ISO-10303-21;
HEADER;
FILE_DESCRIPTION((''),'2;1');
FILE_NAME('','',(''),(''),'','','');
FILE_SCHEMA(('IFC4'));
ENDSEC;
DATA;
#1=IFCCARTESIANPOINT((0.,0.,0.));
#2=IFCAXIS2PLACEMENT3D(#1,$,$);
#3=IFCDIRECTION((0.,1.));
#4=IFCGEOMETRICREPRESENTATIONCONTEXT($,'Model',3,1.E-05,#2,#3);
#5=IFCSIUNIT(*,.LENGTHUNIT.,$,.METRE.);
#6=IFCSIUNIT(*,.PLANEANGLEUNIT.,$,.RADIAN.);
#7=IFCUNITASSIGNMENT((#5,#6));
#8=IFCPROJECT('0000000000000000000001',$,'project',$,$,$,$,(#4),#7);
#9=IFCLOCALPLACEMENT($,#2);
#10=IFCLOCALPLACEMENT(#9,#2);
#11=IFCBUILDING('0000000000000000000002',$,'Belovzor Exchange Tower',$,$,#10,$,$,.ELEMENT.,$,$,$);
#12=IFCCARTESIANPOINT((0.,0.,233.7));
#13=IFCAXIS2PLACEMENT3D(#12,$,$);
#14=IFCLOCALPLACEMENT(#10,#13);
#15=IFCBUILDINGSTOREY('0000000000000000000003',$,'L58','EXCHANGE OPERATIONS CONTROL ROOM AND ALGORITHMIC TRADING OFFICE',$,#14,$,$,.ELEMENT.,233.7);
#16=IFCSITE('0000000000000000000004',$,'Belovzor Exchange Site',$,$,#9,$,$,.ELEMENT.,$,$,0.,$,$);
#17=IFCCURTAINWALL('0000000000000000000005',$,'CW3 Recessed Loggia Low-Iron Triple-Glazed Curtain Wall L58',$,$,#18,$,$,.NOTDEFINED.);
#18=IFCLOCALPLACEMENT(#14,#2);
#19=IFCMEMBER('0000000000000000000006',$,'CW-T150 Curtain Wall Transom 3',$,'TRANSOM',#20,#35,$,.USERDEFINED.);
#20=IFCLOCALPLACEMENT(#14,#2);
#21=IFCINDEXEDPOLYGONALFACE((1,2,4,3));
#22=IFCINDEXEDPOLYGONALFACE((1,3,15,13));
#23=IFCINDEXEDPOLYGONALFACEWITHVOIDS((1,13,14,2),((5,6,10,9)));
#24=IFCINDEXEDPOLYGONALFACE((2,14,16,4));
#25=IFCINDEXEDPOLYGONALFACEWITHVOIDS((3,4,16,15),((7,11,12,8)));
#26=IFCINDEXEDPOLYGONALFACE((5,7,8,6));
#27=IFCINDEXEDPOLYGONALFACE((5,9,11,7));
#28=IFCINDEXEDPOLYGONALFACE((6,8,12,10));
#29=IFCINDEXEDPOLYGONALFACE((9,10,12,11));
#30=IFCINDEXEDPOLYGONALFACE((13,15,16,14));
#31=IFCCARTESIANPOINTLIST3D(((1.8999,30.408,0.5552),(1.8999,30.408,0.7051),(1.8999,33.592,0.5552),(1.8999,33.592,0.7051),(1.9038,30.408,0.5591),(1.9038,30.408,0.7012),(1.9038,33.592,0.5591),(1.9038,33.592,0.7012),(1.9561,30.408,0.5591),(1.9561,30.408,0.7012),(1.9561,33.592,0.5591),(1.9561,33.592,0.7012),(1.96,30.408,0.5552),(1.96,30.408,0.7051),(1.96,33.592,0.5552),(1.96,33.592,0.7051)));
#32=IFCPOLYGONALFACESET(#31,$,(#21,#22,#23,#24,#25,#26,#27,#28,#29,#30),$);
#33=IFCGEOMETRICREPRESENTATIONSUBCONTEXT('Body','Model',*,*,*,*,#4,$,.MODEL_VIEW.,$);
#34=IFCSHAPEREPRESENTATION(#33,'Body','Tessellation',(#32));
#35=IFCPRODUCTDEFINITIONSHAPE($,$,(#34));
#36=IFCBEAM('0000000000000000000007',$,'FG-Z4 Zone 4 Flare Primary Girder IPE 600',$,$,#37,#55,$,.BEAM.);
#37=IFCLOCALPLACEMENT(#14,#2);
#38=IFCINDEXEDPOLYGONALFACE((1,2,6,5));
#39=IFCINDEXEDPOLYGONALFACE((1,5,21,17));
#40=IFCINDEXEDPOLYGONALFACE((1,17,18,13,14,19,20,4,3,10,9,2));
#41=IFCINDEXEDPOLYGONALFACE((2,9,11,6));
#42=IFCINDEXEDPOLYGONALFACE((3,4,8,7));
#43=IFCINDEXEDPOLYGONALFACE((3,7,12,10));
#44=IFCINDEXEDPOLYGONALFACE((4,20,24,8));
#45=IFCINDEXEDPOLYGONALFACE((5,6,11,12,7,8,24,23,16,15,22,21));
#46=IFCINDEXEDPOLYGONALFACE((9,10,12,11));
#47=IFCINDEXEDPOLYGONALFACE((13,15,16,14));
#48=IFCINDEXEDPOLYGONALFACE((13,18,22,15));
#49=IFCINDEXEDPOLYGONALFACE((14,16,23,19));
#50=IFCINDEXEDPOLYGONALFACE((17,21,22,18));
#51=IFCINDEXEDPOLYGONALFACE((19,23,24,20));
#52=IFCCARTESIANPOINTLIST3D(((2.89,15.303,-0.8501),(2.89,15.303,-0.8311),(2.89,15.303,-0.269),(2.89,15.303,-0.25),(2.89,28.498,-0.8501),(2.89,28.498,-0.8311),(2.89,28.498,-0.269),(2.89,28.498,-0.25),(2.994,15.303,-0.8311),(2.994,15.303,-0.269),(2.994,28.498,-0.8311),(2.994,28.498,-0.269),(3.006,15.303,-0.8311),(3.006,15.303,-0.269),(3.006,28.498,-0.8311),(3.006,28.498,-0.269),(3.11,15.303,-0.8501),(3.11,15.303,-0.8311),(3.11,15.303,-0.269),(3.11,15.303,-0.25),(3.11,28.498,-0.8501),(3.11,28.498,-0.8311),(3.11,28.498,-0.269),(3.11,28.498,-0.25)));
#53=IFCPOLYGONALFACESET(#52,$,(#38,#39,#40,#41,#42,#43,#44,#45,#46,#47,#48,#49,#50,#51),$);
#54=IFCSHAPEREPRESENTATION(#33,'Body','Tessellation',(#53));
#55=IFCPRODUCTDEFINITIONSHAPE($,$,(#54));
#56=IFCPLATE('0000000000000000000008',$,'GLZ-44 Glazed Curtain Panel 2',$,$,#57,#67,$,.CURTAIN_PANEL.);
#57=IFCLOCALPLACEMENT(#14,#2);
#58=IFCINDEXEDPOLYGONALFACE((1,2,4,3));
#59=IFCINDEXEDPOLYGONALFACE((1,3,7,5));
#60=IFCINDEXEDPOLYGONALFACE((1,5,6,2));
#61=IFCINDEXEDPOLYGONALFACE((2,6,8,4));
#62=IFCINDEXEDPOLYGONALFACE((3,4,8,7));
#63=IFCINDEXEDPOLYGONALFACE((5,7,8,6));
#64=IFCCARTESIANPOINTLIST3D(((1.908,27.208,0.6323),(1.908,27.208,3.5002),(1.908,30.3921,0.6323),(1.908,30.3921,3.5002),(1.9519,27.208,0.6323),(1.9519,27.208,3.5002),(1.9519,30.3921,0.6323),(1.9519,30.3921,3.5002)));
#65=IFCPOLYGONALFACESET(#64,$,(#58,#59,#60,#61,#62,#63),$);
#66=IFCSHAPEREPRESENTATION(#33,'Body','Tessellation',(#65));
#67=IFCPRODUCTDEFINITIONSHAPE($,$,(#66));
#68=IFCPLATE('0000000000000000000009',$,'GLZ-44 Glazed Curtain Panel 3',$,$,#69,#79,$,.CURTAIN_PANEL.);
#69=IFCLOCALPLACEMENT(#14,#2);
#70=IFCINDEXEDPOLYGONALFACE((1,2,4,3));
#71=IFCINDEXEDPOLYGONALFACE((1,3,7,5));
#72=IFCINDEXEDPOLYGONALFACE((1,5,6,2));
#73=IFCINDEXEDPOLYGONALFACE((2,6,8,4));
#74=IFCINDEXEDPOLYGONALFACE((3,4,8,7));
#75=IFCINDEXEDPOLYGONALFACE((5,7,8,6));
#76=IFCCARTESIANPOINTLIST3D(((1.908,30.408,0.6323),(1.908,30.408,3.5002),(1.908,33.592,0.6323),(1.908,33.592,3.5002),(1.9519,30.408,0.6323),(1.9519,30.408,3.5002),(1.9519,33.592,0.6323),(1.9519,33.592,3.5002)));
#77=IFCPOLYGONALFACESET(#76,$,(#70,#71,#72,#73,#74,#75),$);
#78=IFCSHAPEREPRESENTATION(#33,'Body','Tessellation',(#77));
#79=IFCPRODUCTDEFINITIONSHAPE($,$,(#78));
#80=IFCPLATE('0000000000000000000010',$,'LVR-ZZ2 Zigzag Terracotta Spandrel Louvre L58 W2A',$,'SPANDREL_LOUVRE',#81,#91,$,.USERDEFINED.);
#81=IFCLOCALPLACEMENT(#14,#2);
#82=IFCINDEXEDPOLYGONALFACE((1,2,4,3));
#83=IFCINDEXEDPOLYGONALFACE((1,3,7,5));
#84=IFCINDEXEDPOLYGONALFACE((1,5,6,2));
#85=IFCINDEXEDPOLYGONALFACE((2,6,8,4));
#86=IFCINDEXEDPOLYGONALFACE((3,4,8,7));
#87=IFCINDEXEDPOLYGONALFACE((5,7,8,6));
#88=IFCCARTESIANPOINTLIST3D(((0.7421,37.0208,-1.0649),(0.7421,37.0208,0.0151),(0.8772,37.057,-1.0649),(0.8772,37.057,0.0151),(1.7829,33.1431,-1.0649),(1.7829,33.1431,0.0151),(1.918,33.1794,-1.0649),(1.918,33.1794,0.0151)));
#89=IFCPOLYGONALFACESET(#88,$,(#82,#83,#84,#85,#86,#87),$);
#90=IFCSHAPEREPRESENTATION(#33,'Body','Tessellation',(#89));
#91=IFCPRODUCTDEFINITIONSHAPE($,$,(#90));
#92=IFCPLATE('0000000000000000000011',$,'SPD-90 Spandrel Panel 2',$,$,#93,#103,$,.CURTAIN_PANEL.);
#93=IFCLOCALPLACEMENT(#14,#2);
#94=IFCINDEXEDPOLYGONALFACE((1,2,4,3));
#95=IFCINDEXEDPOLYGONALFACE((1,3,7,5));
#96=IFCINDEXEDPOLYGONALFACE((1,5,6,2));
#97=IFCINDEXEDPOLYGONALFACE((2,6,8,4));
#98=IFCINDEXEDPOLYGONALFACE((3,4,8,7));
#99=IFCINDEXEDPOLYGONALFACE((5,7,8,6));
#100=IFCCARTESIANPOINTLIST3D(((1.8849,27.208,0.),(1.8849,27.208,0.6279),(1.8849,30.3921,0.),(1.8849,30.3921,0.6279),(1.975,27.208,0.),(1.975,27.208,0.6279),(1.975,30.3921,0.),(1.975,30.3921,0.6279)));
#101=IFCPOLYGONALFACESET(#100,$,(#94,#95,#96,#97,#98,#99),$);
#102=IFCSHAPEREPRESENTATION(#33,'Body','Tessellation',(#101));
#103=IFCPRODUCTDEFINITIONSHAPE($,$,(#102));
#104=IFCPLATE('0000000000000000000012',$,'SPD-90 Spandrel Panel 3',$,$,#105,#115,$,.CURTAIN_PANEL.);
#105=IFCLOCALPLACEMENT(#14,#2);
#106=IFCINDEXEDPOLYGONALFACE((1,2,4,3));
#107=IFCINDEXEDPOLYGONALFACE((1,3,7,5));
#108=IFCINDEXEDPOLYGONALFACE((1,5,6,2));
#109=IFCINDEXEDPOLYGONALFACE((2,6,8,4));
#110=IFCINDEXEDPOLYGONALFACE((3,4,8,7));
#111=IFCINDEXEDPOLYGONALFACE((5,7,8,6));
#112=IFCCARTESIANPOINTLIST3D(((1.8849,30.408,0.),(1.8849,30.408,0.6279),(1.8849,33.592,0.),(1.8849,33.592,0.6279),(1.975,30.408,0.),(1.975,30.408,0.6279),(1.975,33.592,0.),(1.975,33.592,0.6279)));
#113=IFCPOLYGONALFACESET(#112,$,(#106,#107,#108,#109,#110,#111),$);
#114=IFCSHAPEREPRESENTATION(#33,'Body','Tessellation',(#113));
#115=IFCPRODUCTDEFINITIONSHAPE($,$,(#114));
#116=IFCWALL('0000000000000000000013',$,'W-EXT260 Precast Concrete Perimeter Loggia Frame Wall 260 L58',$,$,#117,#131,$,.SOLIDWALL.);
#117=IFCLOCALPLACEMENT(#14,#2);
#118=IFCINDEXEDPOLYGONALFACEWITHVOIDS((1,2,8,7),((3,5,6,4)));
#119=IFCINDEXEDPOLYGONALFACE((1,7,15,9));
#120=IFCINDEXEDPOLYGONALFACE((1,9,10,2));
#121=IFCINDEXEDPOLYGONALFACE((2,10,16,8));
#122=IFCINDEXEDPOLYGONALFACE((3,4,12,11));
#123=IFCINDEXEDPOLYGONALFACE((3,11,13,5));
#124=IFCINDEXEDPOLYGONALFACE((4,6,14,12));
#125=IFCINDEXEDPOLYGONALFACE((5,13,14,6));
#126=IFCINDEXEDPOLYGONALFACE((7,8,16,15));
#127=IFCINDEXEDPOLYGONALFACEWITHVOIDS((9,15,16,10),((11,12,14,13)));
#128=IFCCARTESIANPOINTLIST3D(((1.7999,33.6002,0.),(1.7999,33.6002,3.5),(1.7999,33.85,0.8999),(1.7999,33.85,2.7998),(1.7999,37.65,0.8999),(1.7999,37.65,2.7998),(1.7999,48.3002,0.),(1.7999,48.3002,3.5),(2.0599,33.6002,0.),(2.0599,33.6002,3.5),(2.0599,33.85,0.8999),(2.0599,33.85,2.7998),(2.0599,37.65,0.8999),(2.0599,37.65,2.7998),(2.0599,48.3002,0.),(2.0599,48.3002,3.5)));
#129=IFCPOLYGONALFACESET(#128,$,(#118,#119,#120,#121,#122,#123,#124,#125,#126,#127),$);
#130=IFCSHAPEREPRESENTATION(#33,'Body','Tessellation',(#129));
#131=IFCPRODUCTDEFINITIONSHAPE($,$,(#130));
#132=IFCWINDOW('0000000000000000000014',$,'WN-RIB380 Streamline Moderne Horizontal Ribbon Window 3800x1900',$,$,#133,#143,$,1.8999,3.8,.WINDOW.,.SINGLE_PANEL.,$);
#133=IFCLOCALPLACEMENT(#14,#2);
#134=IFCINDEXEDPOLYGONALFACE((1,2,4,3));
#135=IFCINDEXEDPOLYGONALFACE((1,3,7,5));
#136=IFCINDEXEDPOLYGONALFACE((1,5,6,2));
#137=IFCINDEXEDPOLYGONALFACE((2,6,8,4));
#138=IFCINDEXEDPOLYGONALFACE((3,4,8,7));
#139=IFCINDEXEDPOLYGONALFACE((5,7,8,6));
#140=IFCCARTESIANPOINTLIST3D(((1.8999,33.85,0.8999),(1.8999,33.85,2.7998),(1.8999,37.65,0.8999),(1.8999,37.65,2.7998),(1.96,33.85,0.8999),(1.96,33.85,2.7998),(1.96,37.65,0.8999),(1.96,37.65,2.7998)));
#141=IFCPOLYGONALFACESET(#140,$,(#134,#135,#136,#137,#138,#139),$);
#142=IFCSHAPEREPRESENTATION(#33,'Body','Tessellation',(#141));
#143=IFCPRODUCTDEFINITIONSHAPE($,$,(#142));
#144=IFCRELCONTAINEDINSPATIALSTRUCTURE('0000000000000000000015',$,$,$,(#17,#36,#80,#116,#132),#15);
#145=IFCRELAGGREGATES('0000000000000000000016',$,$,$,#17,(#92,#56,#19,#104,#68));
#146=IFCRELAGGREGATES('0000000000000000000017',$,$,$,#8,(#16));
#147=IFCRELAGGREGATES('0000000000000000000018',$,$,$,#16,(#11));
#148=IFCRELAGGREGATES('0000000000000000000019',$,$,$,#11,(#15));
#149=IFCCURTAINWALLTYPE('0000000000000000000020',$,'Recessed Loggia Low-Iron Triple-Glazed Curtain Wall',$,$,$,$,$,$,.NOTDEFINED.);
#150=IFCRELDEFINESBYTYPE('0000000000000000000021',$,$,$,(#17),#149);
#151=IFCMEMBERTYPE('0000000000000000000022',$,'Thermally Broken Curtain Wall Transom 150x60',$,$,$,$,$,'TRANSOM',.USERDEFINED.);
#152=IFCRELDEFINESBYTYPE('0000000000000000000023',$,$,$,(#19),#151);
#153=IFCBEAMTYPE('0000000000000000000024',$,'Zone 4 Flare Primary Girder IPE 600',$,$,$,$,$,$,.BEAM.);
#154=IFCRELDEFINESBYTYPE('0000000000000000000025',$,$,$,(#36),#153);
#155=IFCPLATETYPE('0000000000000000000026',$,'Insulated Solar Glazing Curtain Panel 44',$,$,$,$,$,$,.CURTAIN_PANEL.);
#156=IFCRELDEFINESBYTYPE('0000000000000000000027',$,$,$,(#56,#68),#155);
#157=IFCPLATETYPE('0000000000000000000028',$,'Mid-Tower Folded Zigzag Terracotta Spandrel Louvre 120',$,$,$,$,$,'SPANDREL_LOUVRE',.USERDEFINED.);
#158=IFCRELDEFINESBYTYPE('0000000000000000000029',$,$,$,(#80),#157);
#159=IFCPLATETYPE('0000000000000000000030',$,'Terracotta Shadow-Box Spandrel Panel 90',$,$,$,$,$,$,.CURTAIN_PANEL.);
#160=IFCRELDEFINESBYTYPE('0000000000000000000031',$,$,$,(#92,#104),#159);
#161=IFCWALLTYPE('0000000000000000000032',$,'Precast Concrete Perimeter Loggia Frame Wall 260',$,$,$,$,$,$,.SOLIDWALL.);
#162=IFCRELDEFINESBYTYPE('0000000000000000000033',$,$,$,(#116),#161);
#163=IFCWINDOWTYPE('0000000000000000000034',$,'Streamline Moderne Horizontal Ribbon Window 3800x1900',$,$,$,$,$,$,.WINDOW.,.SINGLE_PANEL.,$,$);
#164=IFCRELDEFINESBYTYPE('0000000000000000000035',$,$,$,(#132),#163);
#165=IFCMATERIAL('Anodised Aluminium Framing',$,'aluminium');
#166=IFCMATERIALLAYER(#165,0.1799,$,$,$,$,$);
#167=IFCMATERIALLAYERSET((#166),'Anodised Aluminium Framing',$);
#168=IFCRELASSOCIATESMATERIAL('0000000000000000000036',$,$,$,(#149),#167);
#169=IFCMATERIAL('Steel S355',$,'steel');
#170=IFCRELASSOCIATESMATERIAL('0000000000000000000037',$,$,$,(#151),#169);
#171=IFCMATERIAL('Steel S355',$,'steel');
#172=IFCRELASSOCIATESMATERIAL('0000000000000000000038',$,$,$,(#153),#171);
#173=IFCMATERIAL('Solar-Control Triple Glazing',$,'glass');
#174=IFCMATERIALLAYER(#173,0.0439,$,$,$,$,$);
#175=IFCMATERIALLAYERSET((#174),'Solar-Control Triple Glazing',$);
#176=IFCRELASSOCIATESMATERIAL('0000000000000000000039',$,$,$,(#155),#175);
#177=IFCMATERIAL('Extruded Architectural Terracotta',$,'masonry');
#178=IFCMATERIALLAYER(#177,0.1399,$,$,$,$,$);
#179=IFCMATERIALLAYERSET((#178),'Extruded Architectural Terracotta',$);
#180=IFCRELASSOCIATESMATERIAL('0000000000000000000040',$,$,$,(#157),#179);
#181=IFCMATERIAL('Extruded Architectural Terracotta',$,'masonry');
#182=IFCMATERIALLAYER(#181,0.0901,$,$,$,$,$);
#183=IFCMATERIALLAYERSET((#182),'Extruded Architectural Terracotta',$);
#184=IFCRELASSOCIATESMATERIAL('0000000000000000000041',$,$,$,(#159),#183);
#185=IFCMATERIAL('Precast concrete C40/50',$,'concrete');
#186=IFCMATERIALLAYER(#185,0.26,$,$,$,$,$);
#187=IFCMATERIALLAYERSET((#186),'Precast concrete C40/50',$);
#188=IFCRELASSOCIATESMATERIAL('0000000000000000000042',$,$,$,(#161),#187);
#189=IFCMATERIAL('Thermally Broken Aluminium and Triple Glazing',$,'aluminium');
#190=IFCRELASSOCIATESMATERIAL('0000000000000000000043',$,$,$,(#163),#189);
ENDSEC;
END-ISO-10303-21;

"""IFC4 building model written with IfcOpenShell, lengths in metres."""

from ifc_helpers import new_model, si_unit, direction, frame, frame_2d, origin, origin_2d, place, context, subcontext, project, spatial, rectangle, hollow_rectangle, i_section, extrude, material, layer, layer_set, material_profile, profile_set, type_object, element, fill, aggregate, save


model = new_model("IFC4")

# Units and contexts
model_context = context("Model", 3, precision=1e-05, world=origin(), true_north=direction((0.0, 1.0)))
body_context = subcontext(model_context, "Body", "Model", "MODEL_VIEW")
ifc_project = project(units=[si_unit("LENGTHUNIT", "METRE"), si_unit("PLANEANGLEUNIT", "RADIAN")], contexts=[model_context])

# Site, building, storey
site_placement = place(None, origin())
site = spatial("IfcSite", under=ifc_project, at=site_placement, Name="Belovzor Exchange Site", CompositionType="ELEMENT", RefElevation=0.0)
building_placement = place(site_placement, origin())
building = spatial("IfcBuilding", under=site, at=building_placement, Name="Belovzor Exchange Tower", CompositionType="ELEMENT")
storey_placement = place(building_placement, frame((0.0, 0.0, 233.7)))
storey = spatial("IfcBuildingStorey", under=building, at=storey_placement, Name="L58", Description="EXCHANGE OPERATIONS CONTROL ROOM AND ALGORITHMIC TRADING OFFICE", CompositionType="ELEMENT", Elevation=233.7)

# Curtain wall, member
ifc_material_1 = material(Name="Anodised Aluminium Framing", Category="aluminium")
ifc_layer_1 = layer(ifc_material_1, 0.1799)
ifc_layer_set_1 = layer_set([ifc_layer_1], Name="Anodised Aluminium Framing")
curtain_wall_type = type_object("IfcCurtainWallType", Name="Recessed Loggia Low-Iron Triple-Glazed Curtain Wall", PredefinedType="NOTDEFINED", material=ifc_layer_set_1)
curtain_wall_placement = place(storey_placement, origin())
curtain_wall = element("IfcCurtainWall", 1, at=curtain_wall_placement, inside=storey, type_object=curtain_wall_type, Name="CW3 Recessed Loggia Low-Iron Triple-Glazed Curtain Wall L58", PredefinedType="NOTDEFINED")
ifc_material_2 = material(Name="Steel S355", Category="steel")
ifc_material_profile_1 = material_profile(ifc_material_2, hollow_rectangle(XDim=0.0601, YDim=0.1499, WallThickness=0.0039, at=origin_2d()))
ifc_profile_set_1 = profile_set([ifc_material_profile_1], Name="Steel S355")
member_type_1 = type_object("IfcMemberType", Name="Thermally Broken Curtain Wall Transom 150x60", ElementType="TRANSOM", PredefinedType="USERDEFINED", material=ifc_profile_set_1)
member_1_placement = place(storey_placement, frame((1.9299, 30.408, 0.6301), z_axis=(0.0, 1.0, 0.0), x_axis=(-1.0, 0.0, 0.0)))
member_1 = element("IfcMember", 2, at=member_1_placement, type_object=member_type_1, Name="CW-T150 Curtain Wall Transom 3", ObjectType="TRANSOM", PredefinedType="USERDEFINED", context=body_context, shape_type="SweptSolid", body=[
    extrude(hollow_rectangle(XDim=0.0601, YDim=0.1499, WallThickness=0.0039, at=origin_2d()), origin(), (0.0, 0.0, 1.0), 3.1841),
])

# Beam
ifc_material_3 = material(Name="Steel S355", Category="steel")
ifc_material_profile_2 = material_profile(ifc_material_3, i_section(OverallWidth=0.22, OverallDepth=0.6001, WebThickness=0.012, FlangeThickness=0.019, at=origin_2d()))
ifc_profile_set_2 = profile_set([ifc_material_profile_2], Name="Steel S355")
beam_type_1 = type_object("IfcBeamType", Name="Zone 4 Flare Primary Girder IPE 600", PredefinedType="BEAM", material=ifc_profile_set_2)
beam_1_placement = place(storey_placement, frame((3.0, 28.498, -0.55), z_axis=(0.0, -1.0, 0.0), x_axis=(1.0, 0.0, 0.0)))
element("IfcBeam", 3, at=beam_1_placement, inside=storey, type_object=beam_type_1, Name="FG-Z4 Zone 4 Flare Primary Girder IPE 600", PredefinedType="BEAM", context=body_context, shape_type="SweptSolid", body=[
    extrude(i_section(OverallWidth=0.22, OverallDepth=0.6001, WebThickness=0.012, FlangeThickness=0.019, at=origin_2d()), origin(), (0.0, 0.0, 1.0), 13.1951),
])

# Plates
ifc_material_4 = material(Name="Solar-Control Triple Glazing", Category="glass")
ifc_layer_2 = layer(ifc_material_4, 0.0439)
ifc_layer_set_2 = layer_set([ifc_layer_2], Name="Solar-Control Triple Glazing")
plate_type_1 = type_object("IfcPlateType", Name="Insulated Solar Glazing Curtain Panel 44", PredefinedType="CURTAIN_PANEL", material=ifc_layer_set_2)
plate_1_placement = place(storey_placement, frame((1.9299, 28.8, 0.6323), z_axis=(0.0, 0.0, 1.0), x_axis=(0.0, 1.0, 0.0)))
plate_1 = element("IfcPlate", 4, at=plate_1_placement, type_object=plate_type_1, Name="GLZ-44 Glazed Curtain Panel 2", PredefinedType="CURTAIN_PANEL", context=body_context, shape_type="SweptSolid", body=[
    extrude(rectangle(XDim=3.1841, YDim=0.0439, at=origin_2d()), origin(), (0.0, 0.0, 1.0), 2.8679),
])
plate_2_placement = place(storey_placement, frame((1.9299, 32.0, 0.6323), z_axis=(0.0, 0.0, 1.0), x_axis=(0.0, 1.0, 0.0)))
plate_2 = element("IfcPlate", 5, at=plate_2_placement, type_object=plate_type_1, Name="GLZ-44 Glazed Curtain Panel 3", PredefinedType="CURTAIN_PANEL", context=body_context, shape_type="SweptSolid", body=[
    extrude(rectangle(XDim=3.1841, YDim=0.0439, at=origin_2d()), origin(), (0.0, 0.0, 1.0), 2.8679),
])
ifc_material_5 = material(Name="Extruded Architectural Terracotta", Category="masonry")
ifc_layer_3 = layer(ifc_material_5, 0.1399)
ifc_layer_set_3 = layer_set([ifc_layer_3], Name="Extruded Architectural Terracotta")
plate_type_2 = type_object("IfcPlateType", Name="Mid-Tower Folded Zigzag Terracotta Spandrel Louvre 120", ElementType="SPANDREL_LOUVRE", PredefinedType="USERDEFINED", material=ifc_layer_set_3)
plate_3_placement = place(storey_placement, frame((1.3301, 35.1001, -1.0649), z_axis=(0.0, 0.0, 1.0), x_axis=(-0.25924, 0.965813, 0.0)))
element("IfcPlate", 6, at=plate_3_placement, inside=storey, type_object=plate_type_2, Name="LVR-ZZ2 Zigzag Terracotta Spandrel Louvre L58 W2A", ObjectType="SPANDREL_LOUVRE", PredefinedType="USERDEFINED", context=body_context, shape_type="SweptSolid", body=[
    extrude(rectangle(XDim=4.0149, YDim=0.1399, at=origin_2d()), origin(), (0.0, 0.0, 1.0), 1.0801),
])
ifc_material_6 = material(Name="Extruded Architectural Terracotta", Category="masonry")
ifc_layer_4 = layer(ifc_material_6, 0.0901)
ifc_layer_set_4 = layer_set([ifc_layer_4], Name="Extruded Architectural Terracotta")
plate_type_3 = type_object("IfcPlateType", Name="Terracotta Shadow-Box Spandrel Panel 90", PredefinedType="CURTAIN_PANEL", material=ifc_layer_set_4)
plate_4_placement = place(storey_placement, frame((1.9299, 28.8, 0.0), z_axis=(0.0, 0.0, 1.0), x_axis=(0.0, 1.0, 0.0)))
plate_4 = element("IfcPlate", 7, at=plate_4_placement, type_object=plate_type_3, Name="SPD-90 Spandrel Panel 2", PredefinedType="CURTAIN_PANEL", context=body_context, shape_type="SweptSolid", body=[
    extrude(rectangle(XDim=3.1841, YDim=0.0901, at=origin_2d()), origin(), (0.0, 0.0, 1.0), 0.6279),
])
plate_5_placement = place(storey_placement, frame((1.9299, 32.0, 0.0), z_axis=(0.0, 0.0, 1.0), x_axis=(0.0, 1.0, 0.0)))
plate_5 = element("IfcPlate", 8, at=plate_5_placement, type_object=plate_type_3, Name="SPD-90 Spandrel Panel 3", PredefinedType="CURTAIN_PANEL", context=body_context, shape_type="SweptSolid", body=[
    extrude(rectangle(XDim=3.1841, YDim=0.0901, at=origin_2d()), origin(), (0.0, 0.0, 1.0), 0.6279),
])
aggregate(curtain_wall, [plate_4, plate_1, member_1, plate_5, plate_2])

# Wall, opening, window
ifc_material_7 = material(Name="Precast concrete C40/50", Category="concrete")
ifc_layer_5 = layer(ifc_material_7, 0.26)
ifc_layer_set_5 = layer_set([ifc_layer_5], Name="Precast concrete C40/50")
wall_type = type_object("IfcWallType", Name="Precast Concrete Perimeter Loggia Frame Wall 260", PredefinedType="SOLIDWALL", material=ifc_layer_set_5)
wall_placement = place(storey_placement, frame((1.9299, 33.6001, 0.0), z_axis=(0.0, 0.0, 1.0), x_axis=(0.0, 1.0, 0.0)))
wall = element("IfcWall", 9, at=wall_placement, inside=storey, type_object=wall_type, Name="W-EXT260 Precast Concrete Perimeter Loggia Frame Wall 260 L58", PredefinedType="SOLIDWALL", context=body_context, shape_type="SweptSolid", body=[
    extrude(rectangle(XDim=14.7, YDim=0.26, at=frame_2d((7.3501, 0.0))), origin(), (0.0, 0.0, 1.0), 3.5),
])
opening_placement = place(wall_placement, frame((0.25, 0.0, 0.8999)))
opening = element("IfcOpeningElement", 10, at=opening_placement, cuts=wall, PredefinedType="OPENING", context=body_context, shape_type="SweptSolid", body=[
    extrude(rectangle(XDim=3.8, YDim=1.8999, at=frame_2d((1.8999, 0.95))), frame((0.0, 0.1399, 0.0), z_axis=(0.0, -1.0, 0.0), x_axis=(1.0, 0.0, 0.0)), (0.0, 0.0, 1.0), 0.28),
])
ifc_material_8 = material(Name="Thermally Broken Aluminium and Triple Glazing", Category="aluminium")
window_type = type_object("IfcWindowType", Name="Streamline Moderne Horizontal Ribbon Window 3800x1900", PartitioningType="SINGLE_PANEL", PredefinedType="WINDOW", material=ifc_material_8)
window_placement = place(opening_placement, origin())
window = element("IfcWindow", 11, at=window_placement, inside=storey, type_object=window_type, Name="WN-RIB380 Streamline Moderne Horizontal Ribbon Window 3800x1900", OverallHeight=1.8999, OverallWidth=3.8, PartitioningType="SINGLE_PANEL", PredefinedType="WINDOW", context=body_context, shape_type="SweptSolid", body=[
    extrude(rectangle(XDim=3.8, YDim=1.8999, at=frame_2d((1.8999, 0.95))), frame((0.0, 0.03, 0.0), z_axis=(0.0, -1.0, 0.0), x_axis=(1.0, 0.0, 0.0)), (0.0, 0.0, 1.0), 0.0601),
])
fill(opening, window)

save(model, "model.ifc")
